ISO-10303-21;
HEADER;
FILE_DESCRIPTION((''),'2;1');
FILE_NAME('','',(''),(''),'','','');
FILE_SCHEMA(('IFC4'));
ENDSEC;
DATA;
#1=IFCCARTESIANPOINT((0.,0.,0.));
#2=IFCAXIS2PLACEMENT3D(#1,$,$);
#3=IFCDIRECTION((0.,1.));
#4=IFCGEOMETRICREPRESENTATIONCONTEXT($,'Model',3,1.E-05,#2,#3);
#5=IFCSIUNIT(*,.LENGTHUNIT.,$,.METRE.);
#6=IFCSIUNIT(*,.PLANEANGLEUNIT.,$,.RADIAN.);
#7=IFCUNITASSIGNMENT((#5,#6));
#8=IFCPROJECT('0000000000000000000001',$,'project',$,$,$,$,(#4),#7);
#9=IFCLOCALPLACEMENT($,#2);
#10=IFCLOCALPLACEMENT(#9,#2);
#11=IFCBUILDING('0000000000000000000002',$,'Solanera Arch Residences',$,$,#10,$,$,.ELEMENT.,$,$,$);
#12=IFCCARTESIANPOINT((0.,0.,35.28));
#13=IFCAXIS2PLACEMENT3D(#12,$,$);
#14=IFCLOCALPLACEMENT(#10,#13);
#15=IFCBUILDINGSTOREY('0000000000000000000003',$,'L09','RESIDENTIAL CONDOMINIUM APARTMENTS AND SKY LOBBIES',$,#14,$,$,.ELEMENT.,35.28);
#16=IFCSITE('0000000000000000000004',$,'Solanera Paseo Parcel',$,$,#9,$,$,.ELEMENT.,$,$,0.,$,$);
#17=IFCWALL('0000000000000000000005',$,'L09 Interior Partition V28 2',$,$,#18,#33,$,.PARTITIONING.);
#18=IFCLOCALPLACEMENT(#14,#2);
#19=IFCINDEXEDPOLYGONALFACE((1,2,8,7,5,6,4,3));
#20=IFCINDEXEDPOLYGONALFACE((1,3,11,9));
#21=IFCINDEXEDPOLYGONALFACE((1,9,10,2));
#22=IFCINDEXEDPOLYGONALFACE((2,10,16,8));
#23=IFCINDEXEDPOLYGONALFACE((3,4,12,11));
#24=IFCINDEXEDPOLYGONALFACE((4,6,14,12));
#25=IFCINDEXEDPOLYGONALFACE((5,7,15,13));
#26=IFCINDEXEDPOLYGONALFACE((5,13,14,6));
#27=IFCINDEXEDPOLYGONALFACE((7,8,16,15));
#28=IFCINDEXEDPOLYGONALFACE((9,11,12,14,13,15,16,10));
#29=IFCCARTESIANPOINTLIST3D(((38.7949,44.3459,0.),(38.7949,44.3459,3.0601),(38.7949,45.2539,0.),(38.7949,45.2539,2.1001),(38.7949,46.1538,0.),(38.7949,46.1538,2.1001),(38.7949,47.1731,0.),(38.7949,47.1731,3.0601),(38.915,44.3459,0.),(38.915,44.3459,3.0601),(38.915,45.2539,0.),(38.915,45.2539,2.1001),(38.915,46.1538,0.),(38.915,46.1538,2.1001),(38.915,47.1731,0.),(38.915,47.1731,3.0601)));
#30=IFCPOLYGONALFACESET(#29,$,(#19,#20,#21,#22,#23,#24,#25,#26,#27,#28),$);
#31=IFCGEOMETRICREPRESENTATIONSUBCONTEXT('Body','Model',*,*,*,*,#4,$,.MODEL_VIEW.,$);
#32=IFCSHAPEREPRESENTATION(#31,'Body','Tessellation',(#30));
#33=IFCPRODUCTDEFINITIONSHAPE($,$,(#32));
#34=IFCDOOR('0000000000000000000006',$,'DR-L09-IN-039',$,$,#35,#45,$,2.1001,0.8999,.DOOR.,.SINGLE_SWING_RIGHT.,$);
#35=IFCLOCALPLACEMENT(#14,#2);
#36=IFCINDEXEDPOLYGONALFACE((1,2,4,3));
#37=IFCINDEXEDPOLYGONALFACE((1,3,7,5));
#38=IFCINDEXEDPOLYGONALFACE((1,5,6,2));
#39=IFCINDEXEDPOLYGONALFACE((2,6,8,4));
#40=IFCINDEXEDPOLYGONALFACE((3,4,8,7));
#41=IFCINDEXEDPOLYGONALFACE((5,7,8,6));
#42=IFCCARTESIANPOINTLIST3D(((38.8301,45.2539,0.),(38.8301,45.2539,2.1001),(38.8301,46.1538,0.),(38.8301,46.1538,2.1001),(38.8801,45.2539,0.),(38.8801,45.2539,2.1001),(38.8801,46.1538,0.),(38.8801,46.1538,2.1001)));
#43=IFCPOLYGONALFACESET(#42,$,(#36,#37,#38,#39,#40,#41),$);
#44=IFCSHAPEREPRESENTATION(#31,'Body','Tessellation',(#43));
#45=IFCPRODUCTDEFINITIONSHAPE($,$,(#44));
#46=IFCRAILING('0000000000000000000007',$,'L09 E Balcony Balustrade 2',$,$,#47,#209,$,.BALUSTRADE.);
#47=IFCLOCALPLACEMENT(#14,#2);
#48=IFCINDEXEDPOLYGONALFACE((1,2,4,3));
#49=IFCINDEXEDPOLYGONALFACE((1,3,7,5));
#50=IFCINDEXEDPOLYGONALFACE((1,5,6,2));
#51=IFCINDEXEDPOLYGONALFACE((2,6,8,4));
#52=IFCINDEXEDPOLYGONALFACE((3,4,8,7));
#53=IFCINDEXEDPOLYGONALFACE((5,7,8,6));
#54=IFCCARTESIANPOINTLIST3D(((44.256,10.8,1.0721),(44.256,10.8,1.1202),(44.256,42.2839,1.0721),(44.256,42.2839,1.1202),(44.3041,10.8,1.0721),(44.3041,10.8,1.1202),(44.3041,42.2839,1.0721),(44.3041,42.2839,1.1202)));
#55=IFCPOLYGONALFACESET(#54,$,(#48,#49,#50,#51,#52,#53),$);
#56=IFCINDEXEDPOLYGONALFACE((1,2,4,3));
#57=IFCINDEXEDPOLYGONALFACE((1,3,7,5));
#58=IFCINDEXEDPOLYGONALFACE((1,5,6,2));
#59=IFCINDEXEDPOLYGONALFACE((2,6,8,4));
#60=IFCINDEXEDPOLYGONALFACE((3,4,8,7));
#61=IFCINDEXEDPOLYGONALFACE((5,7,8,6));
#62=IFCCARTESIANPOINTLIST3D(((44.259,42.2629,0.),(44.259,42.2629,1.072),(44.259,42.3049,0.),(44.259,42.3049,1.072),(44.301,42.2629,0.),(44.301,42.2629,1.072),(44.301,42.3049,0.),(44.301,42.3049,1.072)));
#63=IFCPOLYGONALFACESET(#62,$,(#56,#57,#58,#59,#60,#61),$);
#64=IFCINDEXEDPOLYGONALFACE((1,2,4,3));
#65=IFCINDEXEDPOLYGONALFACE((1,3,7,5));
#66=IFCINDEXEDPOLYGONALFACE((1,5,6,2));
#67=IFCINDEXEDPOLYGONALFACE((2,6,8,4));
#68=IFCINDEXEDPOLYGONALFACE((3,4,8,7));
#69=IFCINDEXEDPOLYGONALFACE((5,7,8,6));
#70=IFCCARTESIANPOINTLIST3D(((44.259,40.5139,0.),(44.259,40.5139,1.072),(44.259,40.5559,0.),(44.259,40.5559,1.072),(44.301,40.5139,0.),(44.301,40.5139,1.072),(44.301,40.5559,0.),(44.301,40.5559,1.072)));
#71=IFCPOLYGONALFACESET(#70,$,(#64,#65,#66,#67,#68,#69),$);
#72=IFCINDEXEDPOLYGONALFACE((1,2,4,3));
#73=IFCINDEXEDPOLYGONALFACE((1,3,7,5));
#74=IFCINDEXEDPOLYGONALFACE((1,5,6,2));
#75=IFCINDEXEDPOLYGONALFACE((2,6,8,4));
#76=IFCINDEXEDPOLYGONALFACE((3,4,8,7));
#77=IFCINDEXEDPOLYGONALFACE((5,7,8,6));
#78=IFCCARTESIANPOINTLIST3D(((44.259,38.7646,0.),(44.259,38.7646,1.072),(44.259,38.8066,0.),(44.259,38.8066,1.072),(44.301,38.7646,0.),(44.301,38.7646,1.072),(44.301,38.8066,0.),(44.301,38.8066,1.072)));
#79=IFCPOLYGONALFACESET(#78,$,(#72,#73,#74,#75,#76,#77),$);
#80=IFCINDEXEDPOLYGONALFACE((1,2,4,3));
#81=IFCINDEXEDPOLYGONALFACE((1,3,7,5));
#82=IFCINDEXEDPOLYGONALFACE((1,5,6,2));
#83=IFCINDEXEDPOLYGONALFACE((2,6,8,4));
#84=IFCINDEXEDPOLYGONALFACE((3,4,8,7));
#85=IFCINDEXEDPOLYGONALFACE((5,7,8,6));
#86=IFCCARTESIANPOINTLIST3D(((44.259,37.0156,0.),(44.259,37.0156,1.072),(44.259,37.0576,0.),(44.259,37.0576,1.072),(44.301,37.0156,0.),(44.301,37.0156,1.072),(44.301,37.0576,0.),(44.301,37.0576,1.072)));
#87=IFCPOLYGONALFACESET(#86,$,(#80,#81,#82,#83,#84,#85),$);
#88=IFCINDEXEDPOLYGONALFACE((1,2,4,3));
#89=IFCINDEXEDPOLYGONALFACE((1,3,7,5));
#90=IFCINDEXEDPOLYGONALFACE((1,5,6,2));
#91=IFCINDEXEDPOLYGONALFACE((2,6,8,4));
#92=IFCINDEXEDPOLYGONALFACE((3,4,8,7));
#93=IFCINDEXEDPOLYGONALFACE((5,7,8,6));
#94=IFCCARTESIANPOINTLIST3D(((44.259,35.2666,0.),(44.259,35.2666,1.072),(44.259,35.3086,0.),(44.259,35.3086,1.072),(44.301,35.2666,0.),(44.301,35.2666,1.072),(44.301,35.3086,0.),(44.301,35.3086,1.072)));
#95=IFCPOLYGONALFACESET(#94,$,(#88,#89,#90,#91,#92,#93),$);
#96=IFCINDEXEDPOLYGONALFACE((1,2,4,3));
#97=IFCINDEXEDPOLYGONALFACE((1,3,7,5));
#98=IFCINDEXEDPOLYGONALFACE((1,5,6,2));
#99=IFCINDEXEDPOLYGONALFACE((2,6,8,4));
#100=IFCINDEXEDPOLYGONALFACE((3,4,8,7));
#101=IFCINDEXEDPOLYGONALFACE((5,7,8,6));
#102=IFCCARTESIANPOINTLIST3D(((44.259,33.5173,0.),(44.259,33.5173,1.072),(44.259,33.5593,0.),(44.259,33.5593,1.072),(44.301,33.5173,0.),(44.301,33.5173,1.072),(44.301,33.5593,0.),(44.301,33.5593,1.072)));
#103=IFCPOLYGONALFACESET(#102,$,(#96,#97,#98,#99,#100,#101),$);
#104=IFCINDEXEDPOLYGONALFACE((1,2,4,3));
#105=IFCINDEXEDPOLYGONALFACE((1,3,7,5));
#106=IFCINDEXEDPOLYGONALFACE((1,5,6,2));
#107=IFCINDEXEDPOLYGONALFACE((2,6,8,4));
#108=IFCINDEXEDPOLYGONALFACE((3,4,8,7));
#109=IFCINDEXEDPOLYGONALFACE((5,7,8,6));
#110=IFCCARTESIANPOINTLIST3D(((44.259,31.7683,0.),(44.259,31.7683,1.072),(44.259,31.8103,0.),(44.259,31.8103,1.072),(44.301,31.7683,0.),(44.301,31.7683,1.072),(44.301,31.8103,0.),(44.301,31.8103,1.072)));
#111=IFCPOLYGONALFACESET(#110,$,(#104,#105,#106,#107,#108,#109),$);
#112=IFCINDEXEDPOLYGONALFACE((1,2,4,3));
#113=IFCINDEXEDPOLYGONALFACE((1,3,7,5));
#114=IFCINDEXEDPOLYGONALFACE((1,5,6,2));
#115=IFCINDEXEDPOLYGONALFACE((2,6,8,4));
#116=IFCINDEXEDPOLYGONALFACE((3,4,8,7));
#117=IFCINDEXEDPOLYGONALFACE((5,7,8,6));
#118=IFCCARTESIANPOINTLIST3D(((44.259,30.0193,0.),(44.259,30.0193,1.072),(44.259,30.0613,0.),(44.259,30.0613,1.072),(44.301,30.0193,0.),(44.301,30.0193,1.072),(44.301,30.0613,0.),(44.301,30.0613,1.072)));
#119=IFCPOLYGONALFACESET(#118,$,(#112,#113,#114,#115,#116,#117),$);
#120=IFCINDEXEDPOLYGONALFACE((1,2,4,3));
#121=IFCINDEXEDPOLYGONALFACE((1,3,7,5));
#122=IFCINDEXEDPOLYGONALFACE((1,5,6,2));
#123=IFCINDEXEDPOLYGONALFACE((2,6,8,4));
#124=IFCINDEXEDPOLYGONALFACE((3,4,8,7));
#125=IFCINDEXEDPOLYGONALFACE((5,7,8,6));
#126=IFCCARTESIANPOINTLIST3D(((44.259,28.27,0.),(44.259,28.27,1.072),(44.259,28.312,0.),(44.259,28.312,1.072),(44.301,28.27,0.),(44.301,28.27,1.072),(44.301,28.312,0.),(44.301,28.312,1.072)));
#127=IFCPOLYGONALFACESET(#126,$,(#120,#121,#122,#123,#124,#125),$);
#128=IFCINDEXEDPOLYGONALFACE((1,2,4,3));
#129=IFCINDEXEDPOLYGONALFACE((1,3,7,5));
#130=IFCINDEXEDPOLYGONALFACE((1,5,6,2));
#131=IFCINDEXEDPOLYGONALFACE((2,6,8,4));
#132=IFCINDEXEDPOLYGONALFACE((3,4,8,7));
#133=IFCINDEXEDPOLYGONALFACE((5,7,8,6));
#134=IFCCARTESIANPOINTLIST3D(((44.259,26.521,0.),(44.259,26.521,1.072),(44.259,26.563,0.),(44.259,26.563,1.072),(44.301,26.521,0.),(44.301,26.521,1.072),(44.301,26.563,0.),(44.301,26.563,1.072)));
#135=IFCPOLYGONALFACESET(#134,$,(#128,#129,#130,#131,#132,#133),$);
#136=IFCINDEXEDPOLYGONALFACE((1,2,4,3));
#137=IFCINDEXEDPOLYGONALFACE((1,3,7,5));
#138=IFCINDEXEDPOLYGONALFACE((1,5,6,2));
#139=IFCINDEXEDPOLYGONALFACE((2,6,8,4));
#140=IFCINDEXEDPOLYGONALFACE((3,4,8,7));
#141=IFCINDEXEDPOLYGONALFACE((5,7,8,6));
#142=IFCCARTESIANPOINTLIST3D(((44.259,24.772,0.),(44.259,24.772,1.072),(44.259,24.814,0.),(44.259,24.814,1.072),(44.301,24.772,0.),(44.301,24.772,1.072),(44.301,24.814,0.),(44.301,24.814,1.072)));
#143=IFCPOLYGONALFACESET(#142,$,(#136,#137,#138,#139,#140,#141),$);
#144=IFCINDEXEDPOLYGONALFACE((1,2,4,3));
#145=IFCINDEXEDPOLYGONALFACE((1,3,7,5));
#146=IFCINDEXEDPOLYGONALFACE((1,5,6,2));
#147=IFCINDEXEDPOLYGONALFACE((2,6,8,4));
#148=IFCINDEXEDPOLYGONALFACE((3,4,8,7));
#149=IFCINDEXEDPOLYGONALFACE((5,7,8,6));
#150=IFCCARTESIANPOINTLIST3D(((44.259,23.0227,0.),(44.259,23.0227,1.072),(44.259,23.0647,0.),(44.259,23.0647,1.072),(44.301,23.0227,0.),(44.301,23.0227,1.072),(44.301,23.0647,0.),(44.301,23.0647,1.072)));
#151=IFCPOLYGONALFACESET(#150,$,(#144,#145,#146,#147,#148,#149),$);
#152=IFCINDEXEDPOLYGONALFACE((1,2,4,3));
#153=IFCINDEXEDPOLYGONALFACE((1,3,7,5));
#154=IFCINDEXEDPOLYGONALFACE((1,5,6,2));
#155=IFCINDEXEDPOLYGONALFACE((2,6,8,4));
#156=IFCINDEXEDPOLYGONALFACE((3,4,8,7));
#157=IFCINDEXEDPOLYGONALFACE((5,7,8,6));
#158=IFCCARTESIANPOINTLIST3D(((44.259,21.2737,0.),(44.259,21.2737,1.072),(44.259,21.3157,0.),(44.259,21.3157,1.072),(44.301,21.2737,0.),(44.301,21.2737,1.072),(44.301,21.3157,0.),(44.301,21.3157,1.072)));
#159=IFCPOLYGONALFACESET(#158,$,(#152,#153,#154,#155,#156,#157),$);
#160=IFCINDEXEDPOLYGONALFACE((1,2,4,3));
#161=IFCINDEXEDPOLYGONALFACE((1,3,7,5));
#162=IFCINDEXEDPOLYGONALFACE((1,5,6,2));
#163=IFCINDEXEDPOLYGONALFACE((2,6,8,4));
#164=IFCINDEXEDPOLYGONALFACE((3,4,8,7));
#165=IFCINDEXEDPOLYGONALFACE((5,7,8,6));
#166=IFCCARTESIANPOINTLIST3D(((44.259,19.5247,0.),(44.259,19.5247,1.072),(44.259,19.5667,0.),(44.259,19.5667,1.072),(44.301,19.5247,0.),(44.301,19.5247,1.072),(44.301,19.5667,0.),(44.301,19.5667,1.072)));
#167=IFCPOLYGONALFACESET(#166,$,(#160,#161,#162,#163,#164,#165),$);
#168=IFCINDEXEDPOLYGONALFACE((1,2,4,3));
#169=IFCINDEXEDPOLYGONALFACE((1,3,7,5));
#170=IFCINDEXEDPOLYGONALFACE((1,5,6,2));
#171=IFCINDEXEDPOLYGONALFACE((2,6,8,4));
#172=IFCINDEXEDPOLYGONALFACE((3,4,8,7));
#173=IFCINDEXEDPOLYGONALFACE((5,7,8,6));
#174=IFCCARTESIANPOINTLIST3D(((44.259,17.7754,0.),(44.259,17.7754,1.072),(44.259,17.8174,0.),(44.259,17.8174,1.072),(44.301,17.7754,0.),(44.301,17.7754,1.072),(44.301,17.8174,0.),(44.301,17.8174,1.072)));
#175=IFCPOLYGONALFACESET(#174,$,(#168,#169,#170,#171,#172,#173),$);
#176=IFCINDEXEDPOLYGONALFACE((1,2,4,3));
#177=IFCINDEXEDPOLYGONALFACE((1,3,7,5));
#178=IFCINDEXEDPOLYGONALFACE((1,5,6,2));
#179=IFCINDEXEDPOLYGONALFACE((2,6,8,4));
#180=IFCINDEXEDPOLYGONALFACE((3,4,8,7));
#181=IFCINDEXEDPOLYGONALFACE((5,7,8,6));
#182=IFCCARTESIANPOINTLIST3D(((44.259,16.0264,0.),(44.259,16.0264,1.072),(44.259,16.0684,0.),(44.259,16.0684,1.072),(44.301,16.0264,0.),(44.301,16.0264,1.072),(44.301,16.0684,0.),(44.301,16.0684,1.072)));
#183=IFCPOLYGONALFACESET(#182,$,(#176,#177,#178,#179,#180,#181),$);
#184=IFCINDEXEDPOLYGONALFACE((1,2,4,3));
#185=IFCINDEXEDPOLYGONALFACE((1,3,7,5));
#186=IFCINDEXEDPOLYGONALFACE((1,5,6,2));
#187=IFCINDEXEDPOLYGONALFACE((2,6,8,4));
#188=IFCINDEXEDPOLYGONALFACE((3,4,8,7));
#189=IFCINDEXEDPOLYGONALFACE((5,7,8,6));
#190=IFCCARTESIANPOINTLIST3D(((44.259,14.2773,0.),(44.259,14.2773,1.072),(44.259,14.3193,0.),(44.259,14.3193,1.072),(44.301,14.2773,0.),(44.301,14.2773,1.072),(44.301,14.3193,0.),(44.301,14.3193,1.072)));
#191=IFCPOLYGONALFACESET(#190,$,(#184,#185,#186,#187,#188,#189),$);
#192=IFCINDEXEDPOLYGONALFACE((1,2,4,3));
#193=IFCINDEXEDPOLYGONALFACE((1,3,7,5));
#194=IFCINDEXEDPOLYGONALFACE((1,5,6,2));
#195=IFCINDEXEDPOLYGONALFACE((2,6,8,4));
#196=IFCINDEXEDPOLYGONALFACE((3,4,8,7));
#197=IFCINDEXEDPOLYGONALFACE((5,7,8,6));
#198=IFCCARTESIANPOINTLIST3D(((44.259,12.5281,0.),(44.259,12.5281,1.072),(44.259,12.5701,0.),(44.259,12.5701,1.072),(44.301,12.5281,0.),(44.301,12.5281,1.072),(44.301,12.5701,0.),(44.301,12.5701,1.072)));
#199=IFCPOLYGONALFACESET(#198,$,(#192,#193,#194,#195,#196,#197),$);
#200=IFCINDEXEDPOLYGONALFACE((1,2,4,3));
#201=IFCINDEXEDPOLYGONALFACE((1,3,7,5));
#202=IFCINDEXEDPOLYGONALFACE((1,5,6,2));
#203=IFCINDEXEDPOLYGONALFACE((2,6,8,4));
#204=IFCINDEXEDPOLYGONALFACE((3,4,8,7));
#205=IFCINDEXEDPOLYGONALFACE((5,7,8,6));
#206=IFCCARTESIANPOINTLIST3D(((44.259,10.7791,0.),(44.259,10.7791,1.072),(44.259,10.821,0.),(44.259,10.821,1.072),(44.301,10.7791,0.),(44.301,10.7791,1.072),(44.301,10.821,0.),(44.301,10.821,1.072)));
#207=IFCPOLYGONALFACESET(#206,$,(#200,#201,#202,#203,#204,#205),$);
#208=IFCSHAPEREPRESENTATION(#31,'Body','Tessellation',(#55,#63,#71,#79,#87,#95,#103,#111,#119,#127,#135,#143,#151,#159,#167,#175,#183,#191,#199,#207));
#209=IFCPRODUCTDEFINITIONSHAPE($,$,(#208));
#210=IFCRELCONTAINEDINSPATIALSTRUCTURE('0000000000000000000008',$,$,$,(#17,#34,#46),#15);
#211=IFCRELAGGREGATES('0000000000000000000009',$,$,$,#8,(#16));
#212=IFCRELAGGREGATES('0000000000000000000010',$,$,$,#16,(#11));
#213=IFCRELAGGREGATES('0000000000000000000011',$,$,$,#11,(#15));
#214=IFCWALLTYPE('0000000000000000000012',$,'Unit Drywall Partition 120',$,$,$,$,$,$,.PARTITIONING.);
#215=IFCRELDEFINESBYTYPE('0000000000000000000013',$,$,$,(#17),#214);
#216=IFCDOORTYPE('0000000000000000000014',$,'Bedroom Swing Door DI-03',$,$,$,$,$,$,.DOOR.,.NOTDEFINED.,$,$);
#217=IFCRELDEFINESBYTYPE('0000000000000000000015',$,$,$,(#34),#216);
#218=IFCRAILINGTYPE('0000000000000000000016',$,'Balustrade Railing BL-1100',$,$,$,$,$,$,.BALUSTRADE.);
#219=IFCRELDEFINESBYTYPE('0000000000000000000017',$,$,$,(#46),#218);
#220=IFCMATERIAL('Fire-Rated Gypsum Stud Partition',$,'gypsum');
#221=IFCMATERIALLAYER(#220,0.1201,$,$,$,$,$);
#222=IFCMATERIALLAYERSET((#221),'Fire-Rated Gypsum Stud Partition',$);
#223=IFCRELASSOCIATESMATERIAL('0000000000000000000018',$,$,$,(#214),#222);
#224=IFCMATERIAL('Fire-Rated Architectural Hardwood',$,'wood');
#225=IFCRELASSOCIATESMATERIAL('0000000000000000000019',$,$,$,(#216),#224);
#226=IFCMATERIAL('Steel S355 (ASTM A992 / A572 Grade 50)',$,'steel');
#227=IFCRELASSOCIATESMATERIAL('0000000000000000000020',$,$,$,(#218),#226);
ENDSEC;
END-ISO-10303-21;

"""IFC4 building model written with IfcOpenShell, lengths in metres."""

from ifc_helpers import new_model, si_unit, direction, frame, frame_2d, origin, origin_2d, place, context, subcontext, project, spatial, rectangle, extrude, material, layer, layer_set, type_object, element, fill, save


model = new_model("IFC4")

# Units and contexts
model_context = context("Model", 3, precision=1e-05, world=origin(), true_north=direction((0.0, 1.0)))
body_context = subcontext(model_context, "Body", "Model", "MODEL_VIEW")
ifc_project = project(units=[si_unit("LENGTHUNIT", "METRE"), si_unit("PLANEANGLEUNIT", "RADIAN")], contexts=[model_context])

# Site, building, storey
site_placement = place(None, origin())
site = spatial("IfcSite", under=ifc_project, at=site_placement, Name="Solanera Paseo Parcel", CompositionType="ELEMENT", RefElevation=0.0)
building_placement = place(site_placement, origin())
building = spatial("IfcBuilding", under=site, at=building_placement, Name="Solanera Arch Residences", CompositionType="ELEMENT")
storey_placement = place(building_placement, frame((0.0, 0.0, 35.28)))
storey = spatial("IfcBuildingStorey", under=building, at=storey_placement, Name="L09", Description="RESIDENTIAL CONDOMINIUM APARTMENTS AND SKY LOBBIES", CompositionType="ELEMENT", Elevation=35.28)

# Shared definitions
ifc_material_1 = material(Name="Fire-Rated Gypsum Stud Partition", Category="gypsum")
ifc_layer_1 = layer(ifc_material_1, 0.1201)
ifc_layer_set_1 = layer_set([ifc_layer_1], Name="Fire-Rated Gypsum Stud Partition")
wall_type_1 = type_object("IfcWallType", Name="Unit Drywall Partition 120", PredefinedType="PARTITIONING", material=ifc_layer_set_1)

# Wall, opening, door
ifc_material_2 = material(Name="Fire-Rated Architectural Hardwood", Category="wood")
door_type_1 = type_object("IfcDoorType", Name="Bedroom Swing Door DI-03", OperationType="NOTDEFINED", PredefinedType="DOOR", material=ifc_material_2)
wall_1_placement = place(storey_placement, frame((38.855, 44.3459, 0.0), z_axis=(0.0, 0.0, 1.0), x_axis=(0.0, 1.0, 0.0)))
wall_1 = element("IfcWall", 1, at=wall_1_placement, inside=storey, type_object=wall_type_1, Name="L09 Interior Partition V28 2", PredefinedType="PARTITIONING", context=body_context, shape_type="SweptSolid", body=[
    extrude(rectangle(XDim=2.8271, YDim=0.1201, at=frame_2d((1.4136, 0.0))), origin(), (0.0, 0.0, 1.0), 3.0601),
])
opening_1_placement = place(wall_1_placement, frame((0.908, 0.0, 0.0)))
opening_1 = element("IfcOpeningElement", 2, at=opening_1_placement, cuts=wall_1, PredefinedType="OPENING", context=body_context, shape_type="SweptSolid", body=[
    extrude(rectangle(XDim=0.8999, YDim=2.1001, at=frame_2d((0.45, 1.05))), frame((0.0, 0.0701, 0.0), z_axis=(0.0, -1.0, 0.0), x_axis=(1.0, 0.0, 0.0)), (0.0, 0.0, 1.0), 0.1401),
])
door_1_placement = place(opening_1_placement, origin())
door_1 = element("IfcDoor", 3, at=door_1_placement, inside=storey, type_object=door_type_1, Name="DR-L09-IN-039", OperationType="SINGLE_SWING_RIGHT", OverallHeight=2.1001, OverallWidth=0.8999, PredefinedType="DOOR", context=body_context, shape_type="SweptSolid", body=[
    extrude(rectangle(XDim=0.8999, YDim=2.1001, at=frame_2d((0.45, 1.05))), frame((0.0, 0.0249, 0.0), z_axis=(0.0, -1.0, 0.0), x_axis=(1.0, 0.0, 0.0)), (0.0, 0.0, 1.0), 0.05),
])
fill(opening_1, door_1)

# Railing
ifc_material_3 = material(Name="Steel S355 (ASTM A992 / A572 Grade 50)", Category="steel")
railing_type = type_object("IfcRailingType", Name="Balustrade Railing BL-1100", PredefinedType="BALUSTRADE", material=ifc_material_3)
railing_1_placement = place(storey_placement, frame((44.28, 42.2839, 0.0)))
element("IfcRailing", 4, at=railing_1_placement, inside=storey, type_object=railing_type, Name="L09 E Balcony Balustrade 2", PredefinedType="BALUSTRADE", context=body_context, shape_type="SweptSolid", body=[
    extrude(rectangle(XDim=0.0481, YDim=0.0481, at=origin_2d()), frame((0.0, 0.0, 1.0962), z_axis=(0.0, -1.0, 0.0), x_axis=(1.0, 0.0, 0.0)), (0.0, 0.0, 1.0), 31.4839),
    extrude(rectangle(XDim=0.042, YDim=0.042, at=origin_2d()), origin(), (0.0, 0.0, 1.0), 1.072),
    extrude(rectangle(XDim=0.042, YDim=0.042, at=origin_2d()), frame((0.0, -1.749, 0.0)), (0.0, 0.0, 1.0), 1.072),
    extrude(rectangle(XDim=0.042, YDim=0.042, at=origin_2d()), frame((0.0, -3.4983, 0.0)), (0.0, 0.0, 1.0), 1.072),
    extrude(rectangle(XDim=0.042, YDim=0.042, at=origin_2d()), frame((0.0, -5.2473, 0.0)), (0.0, 0.0, 1.0), 1.072),
    extrude(rectangle(XDim=0.042, YDim=0.042, at=origin_2d()), frame((0.0, -6.9963, 0.0)), (0.0, 0.0, 1.0), 1.072),
    extrude(rectangle(XDim=0.042, YDim=0.042, at=origin_2d()), frame((0.0, -8.7456, 0.0)), (0.0, 0.0, 1.0), 1.072),
    extrude(rectangle(XDim=0.042, YDim=0.042, at=origin_2d()), frame((0.0, -10.4946, 0.0)), (0.0, 0.0, 1.0), 1.072),
    extrude(rectangle(XDim=0.042, YDim=0.042, at=origin_2d()), frame((0.0, -12.2437, 0.0)), (0.0, 0.0, 1.0), 1.072),
    extrude(rectangle(XDim=0.042, YDim=0.042, at=origin_2d()), frame((0.0, -13.9929, 0.0)), (0.0, 0.0, 1.0), 1.072),
    extrude(rectangle(XDim=0.042, YDim=0.042, at=origin_2d()), frame((0.0, -15.7419, 0.0)), (0.0, 0.0, 1.0), 1.072),
    extrude(rectangle(XDim=0.042, YDim=0.042, at=origin_2d()), frame((0.0, -17.491, 0.0)), (0.0, 0.0, 1.0), 1.072),
    extrude(rectangle(XDim=0.042, YDim=0.042, at=origin_2d()), frame((0.0, -19.2402, 0.0)), (0.0, 0.0, 1.0), 1.072),
    extrude(rectangle(XDim=0.042, YDim=0.042, at=origin_2d()), frame((0.0, -20.9893, 0.0)), (0.0, 0.0, 1.0), 1.072),
    extrude(rectangle(XDim=0.042, YDim=0.042, at=origin_2d()), frame((0.0, -22.7383, 0.0)), (0.0, 0.0, 1.0), 1.072),
    extrude(rectangle(XDim=0.042, YDim=0.042, at=origin_2d()), frame((0.0, -24.4875, 0.0)), (0.0, 0.0, 1.0), 1.072),
    extrude(rectangle(XDim=0.042, YDim=0.042, at=origin_2d()), frame((0.0, -26.2366, 0.0)), (0.0, 0.0, 1.0), 1.072),
    extrude(rectangle(XDim=0.042, YDim=0.042, at=origin_2d()), frame((0.0, -27.9856, 0.0)), (0.0, 0.0, 1.0), 1.072),
    extrude(rectangle(XDim=0.042, YDim=0.042, at=origin_2d()), frame((0.0, -29.7349, 0.0)), (0.0, 0.0, 1.0), 1.072),
    extrude(rectangle(XDim=0.042, YDim=0.042, at=origin_2d()), frame((0.0, -31.4839, 0.0)), (0.0, 0.0, 1.0), 1.072),
])

save(model, "model.ifc")
